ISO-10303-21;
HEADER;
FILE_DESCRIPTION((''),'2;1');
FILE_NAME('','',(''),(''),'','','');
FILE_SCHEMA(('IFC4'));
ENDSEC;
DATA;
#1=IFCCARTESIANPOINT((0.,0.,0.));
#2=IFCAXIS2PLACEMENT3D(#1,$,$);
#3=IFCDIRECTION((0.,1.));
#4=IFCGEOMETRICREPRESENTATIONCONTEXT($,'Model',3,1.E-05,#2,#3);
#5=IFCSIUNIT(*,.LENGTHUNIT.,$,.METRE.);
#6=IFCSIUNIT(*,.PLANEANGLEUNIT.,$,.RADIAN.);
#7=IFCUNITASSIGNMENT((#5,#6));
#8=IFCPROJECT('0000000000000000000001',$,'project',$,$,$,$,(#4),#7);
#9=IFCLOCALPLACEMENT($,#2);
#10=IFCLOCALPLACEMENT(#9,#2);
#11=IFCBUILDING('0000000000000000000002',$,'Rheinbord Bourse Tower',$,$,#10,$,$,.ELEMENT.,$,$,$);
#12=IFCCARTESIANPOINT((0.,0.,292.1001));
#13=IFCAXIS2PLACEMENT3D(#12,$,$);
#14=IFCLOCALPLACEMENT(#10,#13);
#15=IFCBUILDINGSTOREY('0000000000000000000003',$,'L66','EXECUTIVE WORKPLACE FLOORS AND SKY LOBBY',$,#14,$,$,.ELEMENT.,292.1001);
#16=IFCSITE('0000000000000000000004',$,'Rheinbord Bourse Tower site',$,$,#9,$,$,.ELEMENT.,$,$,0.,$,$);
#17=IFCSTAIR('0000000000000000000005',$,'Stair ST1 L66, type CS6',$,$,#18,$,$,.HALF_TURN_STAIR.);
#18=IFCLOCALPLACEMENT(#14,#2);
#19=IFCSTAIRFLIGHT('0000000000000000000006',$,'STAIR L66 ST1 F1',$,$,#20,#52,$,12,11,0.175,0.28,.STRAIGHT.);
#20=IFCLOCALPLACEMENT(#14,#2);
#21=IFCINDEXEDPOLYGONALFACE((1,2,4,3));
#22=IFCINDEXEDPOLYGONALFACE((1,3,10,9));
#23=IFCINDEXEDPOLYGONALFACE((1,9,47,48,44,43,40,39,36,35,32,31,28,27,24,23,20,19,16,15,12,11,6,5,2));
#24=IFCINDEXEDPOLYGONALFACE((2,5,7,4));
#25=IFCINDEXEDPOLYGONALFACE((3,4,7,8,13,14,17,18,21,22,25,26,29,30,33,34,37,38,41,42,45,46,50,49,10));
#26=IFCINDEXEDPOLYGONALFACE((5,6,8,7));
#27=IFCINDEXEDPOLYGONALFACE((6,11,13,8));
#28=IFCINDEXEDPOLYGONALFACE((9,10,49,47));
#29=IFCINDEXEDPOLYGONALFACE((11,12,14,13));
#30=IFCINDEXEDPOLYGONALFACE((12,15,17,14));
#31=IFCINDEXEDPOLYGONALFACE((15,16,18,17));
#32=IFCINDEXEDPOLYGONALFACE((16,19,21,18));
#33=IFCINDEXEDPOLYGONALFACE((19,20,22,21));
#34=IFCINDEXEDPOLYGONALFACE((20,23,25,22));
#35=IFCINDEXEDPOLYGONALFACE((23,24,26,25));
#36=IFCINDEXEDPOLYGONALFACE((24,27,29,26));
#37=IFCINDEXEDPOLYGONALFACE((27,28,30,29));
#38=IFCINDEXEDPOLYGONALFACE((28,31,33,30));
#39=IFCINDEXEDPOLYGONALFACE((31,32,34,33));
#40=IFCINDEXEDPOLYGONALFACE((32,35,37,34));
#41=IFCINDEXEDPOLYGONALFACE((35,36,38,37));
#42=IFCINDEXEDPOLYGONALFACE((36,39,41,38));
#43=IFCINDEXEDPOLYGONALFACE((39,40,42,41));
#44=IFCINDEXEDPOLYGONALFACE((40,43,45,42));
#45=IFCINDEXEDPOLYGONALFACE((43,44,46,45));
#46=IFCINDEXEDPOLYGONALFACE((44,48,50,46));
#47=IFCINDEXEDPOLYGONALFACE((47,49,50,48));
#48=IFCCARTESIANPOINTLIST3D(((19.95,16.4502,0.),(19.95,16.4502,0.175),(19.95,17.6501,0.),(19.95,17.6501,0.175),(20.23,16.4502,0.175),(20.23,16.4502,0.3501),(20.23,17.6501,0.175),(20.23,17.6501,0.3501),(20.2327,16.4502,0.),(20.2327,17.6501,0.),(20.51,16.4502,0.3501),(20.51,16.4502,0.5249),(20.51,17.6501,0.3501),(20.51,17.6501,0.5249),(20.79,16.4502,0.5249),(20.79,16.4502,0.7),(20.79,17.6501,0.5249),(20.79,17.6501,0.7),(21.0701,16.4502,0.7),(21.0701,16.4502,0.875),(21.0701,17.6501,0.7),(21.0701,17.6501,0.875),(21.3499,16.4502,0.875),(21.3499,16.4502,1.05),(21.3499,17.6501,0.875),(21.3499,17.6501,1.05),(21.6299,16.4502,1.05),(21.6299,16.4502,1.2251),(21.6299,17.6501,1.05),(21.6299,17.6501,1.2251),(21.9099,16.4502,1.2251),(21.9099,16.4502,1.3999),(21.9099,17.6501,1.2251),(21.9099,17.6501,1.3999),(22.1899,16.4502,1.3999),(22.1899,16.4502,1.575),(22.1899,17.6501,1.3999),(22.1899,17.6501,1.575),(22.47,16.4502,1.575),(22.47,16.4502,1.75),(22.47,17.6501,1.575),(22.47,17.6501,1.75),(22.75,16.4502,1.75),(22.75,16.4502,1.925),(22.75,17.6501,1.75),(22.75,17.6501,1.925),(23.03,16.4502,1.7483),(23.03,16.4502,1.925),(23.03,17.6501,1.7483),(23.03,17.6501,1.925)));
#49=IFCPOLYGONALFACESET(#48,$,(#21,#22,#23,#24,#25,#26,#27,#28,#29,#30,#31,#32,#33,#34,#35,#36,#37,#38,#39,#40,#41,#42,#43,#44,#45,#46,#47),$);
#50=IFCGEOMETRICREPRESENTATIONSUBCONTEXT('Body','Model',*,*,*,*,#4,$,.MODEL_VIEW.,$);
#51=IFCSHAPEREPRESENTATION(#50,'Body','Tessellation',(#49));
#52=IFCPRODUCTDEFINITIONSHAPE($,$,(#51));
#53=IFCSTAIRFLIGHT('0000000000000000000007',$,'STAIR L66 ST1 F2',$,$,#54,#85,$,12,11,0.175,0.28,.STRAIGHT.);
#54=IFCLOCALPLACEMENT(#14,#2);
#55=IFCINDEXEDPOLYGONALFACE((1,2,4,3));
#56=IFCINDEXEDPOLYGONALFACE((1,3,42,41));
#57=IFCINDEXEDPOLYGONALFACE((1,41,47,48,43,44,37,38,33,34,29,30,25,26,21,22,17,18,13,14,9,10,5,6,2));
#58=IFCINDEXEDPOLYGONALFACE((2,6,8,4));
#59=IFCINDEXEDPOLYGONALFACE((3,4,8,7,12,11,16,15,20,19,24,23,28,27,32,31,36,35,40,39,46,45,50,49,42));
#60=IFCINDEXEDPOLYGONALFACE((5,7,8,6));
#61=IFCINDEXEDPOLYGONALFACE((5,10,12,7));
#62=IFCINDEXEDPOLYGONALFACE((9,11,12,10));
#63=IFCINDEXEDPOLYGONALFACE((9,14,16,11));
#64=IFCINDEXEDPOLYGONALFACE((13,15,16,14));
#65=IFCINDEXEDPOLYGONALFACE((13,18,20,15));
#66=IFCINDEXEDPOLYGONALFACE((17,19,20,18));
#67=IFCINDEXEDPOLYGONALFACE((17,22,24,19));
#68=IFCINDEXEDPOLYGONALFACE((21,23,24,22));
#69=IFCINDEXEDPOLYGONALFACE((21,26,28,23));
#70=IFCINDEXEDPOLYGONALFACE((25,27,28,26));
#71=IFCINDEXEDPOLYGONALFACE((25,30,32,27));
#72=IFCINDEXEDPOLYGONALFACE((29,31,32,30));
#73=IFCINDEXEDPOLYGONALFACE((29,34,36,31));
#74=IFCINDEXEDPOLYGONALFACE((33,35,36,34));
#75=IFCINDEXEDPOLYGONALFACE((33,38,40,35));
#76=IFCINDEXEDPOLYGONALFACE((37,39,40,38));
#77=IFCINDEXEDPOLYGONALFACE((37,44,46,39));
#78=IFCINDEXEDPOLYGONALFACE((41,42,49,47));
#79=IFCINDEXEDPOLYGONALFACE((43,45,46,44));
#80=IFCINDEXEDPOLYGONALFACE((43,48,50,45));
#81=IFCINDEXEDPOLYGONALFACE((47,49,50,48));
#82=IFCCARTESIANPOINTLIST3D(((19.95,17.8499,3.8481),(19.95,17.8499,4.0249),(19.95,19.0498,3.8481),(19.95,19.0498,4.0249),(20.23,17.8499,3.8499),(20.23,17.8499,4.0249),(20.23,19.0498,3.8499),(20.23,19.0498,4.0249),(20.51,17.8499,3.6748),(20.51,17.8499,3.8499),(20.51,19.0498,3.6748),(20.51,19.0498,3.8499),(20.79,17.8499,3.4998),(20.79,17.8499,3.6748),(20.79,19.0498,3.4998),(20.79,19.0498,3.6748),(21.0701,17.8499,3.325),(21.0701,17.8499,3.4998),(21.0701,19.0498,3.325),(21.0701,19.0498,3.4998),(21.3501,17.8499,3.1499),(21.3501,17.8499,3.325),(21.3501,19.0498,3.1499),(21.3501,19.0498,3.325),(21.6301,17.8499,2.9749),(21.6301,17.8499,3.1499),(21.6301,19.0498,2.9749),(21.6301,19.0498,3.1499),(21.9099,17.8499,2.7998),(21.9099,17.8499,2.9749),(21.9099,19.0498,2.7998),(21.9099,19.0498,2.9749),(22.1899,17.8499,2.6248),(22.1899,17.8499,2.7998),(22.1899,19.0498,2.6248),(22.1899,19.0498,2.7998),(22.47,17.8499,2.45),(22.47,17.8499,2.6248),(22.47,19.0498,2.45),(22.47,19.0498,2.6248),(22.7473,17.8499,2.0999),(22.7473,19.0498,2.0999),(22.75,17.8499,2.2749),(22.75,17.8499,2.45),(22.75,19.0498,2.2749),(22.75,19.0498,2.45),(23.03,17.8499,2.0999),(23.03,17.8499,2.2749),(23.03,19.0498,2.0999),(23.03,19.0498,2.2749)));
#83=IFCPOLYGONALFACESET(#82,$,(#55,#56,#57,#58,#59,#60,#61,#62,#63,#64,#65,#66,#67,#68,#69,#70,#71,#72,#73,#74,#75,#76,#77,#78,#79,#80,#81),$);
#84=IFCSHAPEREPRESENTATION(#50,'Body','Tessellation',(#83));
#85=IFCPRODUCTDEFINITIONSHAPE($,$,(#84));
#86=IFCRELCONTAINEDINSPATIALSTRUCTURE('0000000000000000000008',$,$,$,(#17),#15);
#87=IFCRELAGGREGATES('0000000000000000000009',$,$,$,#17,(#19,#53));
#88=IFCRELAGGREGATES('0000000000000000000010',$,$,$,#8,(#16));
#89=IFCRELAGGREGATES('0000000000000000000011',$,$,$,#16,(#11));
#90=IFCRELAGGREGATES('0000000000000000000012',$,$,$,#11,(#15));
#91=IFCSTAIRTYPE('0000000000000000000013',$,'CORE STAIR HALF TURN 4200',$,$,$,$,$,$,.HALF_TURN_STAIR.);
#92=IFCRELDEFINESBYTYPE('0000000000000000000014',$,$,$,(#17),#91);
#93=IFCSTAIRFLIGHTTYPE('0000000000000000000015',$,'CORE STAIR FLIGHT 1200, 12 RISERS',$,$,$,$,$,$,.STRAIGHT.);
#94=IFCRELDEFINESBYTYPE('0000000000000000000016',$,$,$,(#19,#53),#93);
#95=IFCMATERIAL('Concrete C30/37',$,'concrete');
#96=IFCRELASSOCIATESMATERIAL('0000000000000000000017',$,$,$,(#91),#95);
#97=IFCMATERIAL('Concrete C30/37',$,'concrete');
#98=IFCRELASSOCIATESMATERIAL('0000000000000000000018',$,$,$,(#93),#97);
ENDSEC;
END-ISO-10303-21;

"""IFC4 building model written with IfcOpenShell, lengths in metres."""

from ifc_helpers import new_model, si_unit, direction, frame, origin, place, context, subcontext, project, spatial, polyline, outline, extrude, material, type_object, element, aggregate, save


model = new_model("IFC4")

# Units and contexts
model_context = context("Model", 3, precision=1e-05, world=origin(), true_north=direction((0.0, 1.0)))
body_context = subcontext(model_context, "Body", "Model", "MODEL_VIEW")
ifc_project = project(units=[si_unit("LENGTHUNIT", "METRE"), si_unit("PLANEANGLEUNIT", "RADIAN")], contexts=[model_context])

# Site, building, storey
site_placement = place(None, origin())
site = spatial("IfcSite", under=ifc_project, at=site_placement, Name="Rheinbord Bourse Tower site", CompositionType="ELEMENT", RefElevation=0.0)
building_placement = place(site_placement, origin())
building = spatial("IfcBuilding", under=site, at=building_placement, Name="Rheinbord Bourse Tower", CompositionType="ELEMENT")
storey_placement = place(building_placement, frame((0.0, 0.0, 292.1001)))
storey = spatial("IfcBuildingStorey", under=building, at=storey_placement, Name="L66", Description="EXECUTIVE WORKPLACE FLOORS AND SKY LOBBY", CompositionType="ELEMENT", Elevation=292.1001)

# Stair, stair flights
ifc_material_1 = material(Name="Concrete C30/37", Category="concrete")
stair_type = type_object("IfcStairType", Name="CORE STAIR HALF TURN 4200", PredefinedType="HALF_TURN_STAIR", material=ifc_material_1)
stair_placement = place(storey_placement, origin())
stair = element("IfcStair", 1, at=stair_placement, inside=storey, type_object=stair_type, Name="Stair ST1 L66, type CS6", PredefinedType="HALF_TURN_STAIR")
ifc_material_2 = material(Name="Concrete C30/37", Category="concrete")
stair_flight_type = type_object("IfcStairFlightType", Name="CORE STAIR FLIGHT 1200, 12 RISERS", PredefinedType="STRAIGHT", material=ifc_material_2)
stair_flight_1_placement = place(storey_placement, frame((19.95, 17.05, 0.0), z_axis=(0.0, 0.0, 1.0), x_axis=(1.0, 0.0, 0.0)))
stair_flight_1 = element("IfcStairFlight", 2, at=stair_flight_1_placement, type_object=stair_flight_type, Name="STAIR L66 ST1 F1", NumberOfRisers=12, NumberOfTreads=11, PredefinedType="STRAIGHT", RiserHeight=0.175, TreadLength=0.28, context=body_context, shape_type="SweptSolid", body=[
    extrude(outline(polyline([(0.0, 0.0), (0.0, 0.175), (0.28, 0.175), (0.28, 0.3501), (0.5601, 0.3501), (0.5601, 0.5249), (0.8401, 0.5249), (0.8401, 0.7), (1.1201, 0.7), (1.1201, 0.875), (1.3999, 0.875), (1.3999, 1.05), (1.6799, 1.05), (1.6799, 1.2251), (1.96, 1.2251), (1.96, 1.3999), (2.24, 1.3999), (2.24, 1.575), (2.52, 1.575), (2.52, 1.75), (2.8, 1.75), (2.8, 1.925), (3.0801, 1.925), (3.0801, 2.1001), (3.0801, 1.7483), (0.2827, 0.0), (0.0, 0.0)])), frame((0.0, 0.6001, 0.0), z_axis=(0.0, -1.0, 0.0), x_axis=(1.0, 0.0, 0.0)), (0.0, 0.0, 1.0), 1.2),
])
stair_flight_2_placement = place(storey_placement, frame((23.03, 18.45, 2.0999), z_axis=(0.0, 0.0, 1.0), x_axis=(-1.0, 0.0, 0.0)))
stair_flight_2 = element("IfcStairFlight", 3, at=stair_flight_2_placement, type_object=stair_flight_type, Name="STAIR L66 ST1 F2", NumberOfRisers=12, NumberOfTreads=11, PredefinedType="STRAIGHT", RiserHeight=0.175, TreadLength=0.28, context=body_context, shape_type="SweptSolid", body=[
    extrude(outline(polyline([(0.0, 0.0), (0.0, 0.175), (0.28, 0.175), (0.28, 0.3501), (0.5601, 0.3501), (0.5601, 0.5249), (0.8401, 0.5249), (0.8401, 0.7), (1.1201, 0.7), (1.1201, 0.875), (1.3999, 0.875), (1.3999, 1.05), (1.6799, 1.05), (1.6799, 1.2251), (1.96, 1.2251), (1.96, 1.3999), (2.24, 1.3999), (2.24, 1.575), (2.52, 1.575), (2.52, 1.75), (2.8, 1.75), (2.8, 1.925), (3.0801, 1.925), (3.0801, 2.1001), (3.0801, 1.7483), (0.2827, 0.0), (0.0, 0.0)])), frame((0.0, 0.6001, 0.0), z_axis=(0.0, -1.0, 0.0), x_axis=(1.0, 0.0, 0.0)), (0.0, 0.0, 1.0), 1.2),
])
aggregate(stair, [stair_flight_1, stair_flight_2])

save(model, "model.ifc")
